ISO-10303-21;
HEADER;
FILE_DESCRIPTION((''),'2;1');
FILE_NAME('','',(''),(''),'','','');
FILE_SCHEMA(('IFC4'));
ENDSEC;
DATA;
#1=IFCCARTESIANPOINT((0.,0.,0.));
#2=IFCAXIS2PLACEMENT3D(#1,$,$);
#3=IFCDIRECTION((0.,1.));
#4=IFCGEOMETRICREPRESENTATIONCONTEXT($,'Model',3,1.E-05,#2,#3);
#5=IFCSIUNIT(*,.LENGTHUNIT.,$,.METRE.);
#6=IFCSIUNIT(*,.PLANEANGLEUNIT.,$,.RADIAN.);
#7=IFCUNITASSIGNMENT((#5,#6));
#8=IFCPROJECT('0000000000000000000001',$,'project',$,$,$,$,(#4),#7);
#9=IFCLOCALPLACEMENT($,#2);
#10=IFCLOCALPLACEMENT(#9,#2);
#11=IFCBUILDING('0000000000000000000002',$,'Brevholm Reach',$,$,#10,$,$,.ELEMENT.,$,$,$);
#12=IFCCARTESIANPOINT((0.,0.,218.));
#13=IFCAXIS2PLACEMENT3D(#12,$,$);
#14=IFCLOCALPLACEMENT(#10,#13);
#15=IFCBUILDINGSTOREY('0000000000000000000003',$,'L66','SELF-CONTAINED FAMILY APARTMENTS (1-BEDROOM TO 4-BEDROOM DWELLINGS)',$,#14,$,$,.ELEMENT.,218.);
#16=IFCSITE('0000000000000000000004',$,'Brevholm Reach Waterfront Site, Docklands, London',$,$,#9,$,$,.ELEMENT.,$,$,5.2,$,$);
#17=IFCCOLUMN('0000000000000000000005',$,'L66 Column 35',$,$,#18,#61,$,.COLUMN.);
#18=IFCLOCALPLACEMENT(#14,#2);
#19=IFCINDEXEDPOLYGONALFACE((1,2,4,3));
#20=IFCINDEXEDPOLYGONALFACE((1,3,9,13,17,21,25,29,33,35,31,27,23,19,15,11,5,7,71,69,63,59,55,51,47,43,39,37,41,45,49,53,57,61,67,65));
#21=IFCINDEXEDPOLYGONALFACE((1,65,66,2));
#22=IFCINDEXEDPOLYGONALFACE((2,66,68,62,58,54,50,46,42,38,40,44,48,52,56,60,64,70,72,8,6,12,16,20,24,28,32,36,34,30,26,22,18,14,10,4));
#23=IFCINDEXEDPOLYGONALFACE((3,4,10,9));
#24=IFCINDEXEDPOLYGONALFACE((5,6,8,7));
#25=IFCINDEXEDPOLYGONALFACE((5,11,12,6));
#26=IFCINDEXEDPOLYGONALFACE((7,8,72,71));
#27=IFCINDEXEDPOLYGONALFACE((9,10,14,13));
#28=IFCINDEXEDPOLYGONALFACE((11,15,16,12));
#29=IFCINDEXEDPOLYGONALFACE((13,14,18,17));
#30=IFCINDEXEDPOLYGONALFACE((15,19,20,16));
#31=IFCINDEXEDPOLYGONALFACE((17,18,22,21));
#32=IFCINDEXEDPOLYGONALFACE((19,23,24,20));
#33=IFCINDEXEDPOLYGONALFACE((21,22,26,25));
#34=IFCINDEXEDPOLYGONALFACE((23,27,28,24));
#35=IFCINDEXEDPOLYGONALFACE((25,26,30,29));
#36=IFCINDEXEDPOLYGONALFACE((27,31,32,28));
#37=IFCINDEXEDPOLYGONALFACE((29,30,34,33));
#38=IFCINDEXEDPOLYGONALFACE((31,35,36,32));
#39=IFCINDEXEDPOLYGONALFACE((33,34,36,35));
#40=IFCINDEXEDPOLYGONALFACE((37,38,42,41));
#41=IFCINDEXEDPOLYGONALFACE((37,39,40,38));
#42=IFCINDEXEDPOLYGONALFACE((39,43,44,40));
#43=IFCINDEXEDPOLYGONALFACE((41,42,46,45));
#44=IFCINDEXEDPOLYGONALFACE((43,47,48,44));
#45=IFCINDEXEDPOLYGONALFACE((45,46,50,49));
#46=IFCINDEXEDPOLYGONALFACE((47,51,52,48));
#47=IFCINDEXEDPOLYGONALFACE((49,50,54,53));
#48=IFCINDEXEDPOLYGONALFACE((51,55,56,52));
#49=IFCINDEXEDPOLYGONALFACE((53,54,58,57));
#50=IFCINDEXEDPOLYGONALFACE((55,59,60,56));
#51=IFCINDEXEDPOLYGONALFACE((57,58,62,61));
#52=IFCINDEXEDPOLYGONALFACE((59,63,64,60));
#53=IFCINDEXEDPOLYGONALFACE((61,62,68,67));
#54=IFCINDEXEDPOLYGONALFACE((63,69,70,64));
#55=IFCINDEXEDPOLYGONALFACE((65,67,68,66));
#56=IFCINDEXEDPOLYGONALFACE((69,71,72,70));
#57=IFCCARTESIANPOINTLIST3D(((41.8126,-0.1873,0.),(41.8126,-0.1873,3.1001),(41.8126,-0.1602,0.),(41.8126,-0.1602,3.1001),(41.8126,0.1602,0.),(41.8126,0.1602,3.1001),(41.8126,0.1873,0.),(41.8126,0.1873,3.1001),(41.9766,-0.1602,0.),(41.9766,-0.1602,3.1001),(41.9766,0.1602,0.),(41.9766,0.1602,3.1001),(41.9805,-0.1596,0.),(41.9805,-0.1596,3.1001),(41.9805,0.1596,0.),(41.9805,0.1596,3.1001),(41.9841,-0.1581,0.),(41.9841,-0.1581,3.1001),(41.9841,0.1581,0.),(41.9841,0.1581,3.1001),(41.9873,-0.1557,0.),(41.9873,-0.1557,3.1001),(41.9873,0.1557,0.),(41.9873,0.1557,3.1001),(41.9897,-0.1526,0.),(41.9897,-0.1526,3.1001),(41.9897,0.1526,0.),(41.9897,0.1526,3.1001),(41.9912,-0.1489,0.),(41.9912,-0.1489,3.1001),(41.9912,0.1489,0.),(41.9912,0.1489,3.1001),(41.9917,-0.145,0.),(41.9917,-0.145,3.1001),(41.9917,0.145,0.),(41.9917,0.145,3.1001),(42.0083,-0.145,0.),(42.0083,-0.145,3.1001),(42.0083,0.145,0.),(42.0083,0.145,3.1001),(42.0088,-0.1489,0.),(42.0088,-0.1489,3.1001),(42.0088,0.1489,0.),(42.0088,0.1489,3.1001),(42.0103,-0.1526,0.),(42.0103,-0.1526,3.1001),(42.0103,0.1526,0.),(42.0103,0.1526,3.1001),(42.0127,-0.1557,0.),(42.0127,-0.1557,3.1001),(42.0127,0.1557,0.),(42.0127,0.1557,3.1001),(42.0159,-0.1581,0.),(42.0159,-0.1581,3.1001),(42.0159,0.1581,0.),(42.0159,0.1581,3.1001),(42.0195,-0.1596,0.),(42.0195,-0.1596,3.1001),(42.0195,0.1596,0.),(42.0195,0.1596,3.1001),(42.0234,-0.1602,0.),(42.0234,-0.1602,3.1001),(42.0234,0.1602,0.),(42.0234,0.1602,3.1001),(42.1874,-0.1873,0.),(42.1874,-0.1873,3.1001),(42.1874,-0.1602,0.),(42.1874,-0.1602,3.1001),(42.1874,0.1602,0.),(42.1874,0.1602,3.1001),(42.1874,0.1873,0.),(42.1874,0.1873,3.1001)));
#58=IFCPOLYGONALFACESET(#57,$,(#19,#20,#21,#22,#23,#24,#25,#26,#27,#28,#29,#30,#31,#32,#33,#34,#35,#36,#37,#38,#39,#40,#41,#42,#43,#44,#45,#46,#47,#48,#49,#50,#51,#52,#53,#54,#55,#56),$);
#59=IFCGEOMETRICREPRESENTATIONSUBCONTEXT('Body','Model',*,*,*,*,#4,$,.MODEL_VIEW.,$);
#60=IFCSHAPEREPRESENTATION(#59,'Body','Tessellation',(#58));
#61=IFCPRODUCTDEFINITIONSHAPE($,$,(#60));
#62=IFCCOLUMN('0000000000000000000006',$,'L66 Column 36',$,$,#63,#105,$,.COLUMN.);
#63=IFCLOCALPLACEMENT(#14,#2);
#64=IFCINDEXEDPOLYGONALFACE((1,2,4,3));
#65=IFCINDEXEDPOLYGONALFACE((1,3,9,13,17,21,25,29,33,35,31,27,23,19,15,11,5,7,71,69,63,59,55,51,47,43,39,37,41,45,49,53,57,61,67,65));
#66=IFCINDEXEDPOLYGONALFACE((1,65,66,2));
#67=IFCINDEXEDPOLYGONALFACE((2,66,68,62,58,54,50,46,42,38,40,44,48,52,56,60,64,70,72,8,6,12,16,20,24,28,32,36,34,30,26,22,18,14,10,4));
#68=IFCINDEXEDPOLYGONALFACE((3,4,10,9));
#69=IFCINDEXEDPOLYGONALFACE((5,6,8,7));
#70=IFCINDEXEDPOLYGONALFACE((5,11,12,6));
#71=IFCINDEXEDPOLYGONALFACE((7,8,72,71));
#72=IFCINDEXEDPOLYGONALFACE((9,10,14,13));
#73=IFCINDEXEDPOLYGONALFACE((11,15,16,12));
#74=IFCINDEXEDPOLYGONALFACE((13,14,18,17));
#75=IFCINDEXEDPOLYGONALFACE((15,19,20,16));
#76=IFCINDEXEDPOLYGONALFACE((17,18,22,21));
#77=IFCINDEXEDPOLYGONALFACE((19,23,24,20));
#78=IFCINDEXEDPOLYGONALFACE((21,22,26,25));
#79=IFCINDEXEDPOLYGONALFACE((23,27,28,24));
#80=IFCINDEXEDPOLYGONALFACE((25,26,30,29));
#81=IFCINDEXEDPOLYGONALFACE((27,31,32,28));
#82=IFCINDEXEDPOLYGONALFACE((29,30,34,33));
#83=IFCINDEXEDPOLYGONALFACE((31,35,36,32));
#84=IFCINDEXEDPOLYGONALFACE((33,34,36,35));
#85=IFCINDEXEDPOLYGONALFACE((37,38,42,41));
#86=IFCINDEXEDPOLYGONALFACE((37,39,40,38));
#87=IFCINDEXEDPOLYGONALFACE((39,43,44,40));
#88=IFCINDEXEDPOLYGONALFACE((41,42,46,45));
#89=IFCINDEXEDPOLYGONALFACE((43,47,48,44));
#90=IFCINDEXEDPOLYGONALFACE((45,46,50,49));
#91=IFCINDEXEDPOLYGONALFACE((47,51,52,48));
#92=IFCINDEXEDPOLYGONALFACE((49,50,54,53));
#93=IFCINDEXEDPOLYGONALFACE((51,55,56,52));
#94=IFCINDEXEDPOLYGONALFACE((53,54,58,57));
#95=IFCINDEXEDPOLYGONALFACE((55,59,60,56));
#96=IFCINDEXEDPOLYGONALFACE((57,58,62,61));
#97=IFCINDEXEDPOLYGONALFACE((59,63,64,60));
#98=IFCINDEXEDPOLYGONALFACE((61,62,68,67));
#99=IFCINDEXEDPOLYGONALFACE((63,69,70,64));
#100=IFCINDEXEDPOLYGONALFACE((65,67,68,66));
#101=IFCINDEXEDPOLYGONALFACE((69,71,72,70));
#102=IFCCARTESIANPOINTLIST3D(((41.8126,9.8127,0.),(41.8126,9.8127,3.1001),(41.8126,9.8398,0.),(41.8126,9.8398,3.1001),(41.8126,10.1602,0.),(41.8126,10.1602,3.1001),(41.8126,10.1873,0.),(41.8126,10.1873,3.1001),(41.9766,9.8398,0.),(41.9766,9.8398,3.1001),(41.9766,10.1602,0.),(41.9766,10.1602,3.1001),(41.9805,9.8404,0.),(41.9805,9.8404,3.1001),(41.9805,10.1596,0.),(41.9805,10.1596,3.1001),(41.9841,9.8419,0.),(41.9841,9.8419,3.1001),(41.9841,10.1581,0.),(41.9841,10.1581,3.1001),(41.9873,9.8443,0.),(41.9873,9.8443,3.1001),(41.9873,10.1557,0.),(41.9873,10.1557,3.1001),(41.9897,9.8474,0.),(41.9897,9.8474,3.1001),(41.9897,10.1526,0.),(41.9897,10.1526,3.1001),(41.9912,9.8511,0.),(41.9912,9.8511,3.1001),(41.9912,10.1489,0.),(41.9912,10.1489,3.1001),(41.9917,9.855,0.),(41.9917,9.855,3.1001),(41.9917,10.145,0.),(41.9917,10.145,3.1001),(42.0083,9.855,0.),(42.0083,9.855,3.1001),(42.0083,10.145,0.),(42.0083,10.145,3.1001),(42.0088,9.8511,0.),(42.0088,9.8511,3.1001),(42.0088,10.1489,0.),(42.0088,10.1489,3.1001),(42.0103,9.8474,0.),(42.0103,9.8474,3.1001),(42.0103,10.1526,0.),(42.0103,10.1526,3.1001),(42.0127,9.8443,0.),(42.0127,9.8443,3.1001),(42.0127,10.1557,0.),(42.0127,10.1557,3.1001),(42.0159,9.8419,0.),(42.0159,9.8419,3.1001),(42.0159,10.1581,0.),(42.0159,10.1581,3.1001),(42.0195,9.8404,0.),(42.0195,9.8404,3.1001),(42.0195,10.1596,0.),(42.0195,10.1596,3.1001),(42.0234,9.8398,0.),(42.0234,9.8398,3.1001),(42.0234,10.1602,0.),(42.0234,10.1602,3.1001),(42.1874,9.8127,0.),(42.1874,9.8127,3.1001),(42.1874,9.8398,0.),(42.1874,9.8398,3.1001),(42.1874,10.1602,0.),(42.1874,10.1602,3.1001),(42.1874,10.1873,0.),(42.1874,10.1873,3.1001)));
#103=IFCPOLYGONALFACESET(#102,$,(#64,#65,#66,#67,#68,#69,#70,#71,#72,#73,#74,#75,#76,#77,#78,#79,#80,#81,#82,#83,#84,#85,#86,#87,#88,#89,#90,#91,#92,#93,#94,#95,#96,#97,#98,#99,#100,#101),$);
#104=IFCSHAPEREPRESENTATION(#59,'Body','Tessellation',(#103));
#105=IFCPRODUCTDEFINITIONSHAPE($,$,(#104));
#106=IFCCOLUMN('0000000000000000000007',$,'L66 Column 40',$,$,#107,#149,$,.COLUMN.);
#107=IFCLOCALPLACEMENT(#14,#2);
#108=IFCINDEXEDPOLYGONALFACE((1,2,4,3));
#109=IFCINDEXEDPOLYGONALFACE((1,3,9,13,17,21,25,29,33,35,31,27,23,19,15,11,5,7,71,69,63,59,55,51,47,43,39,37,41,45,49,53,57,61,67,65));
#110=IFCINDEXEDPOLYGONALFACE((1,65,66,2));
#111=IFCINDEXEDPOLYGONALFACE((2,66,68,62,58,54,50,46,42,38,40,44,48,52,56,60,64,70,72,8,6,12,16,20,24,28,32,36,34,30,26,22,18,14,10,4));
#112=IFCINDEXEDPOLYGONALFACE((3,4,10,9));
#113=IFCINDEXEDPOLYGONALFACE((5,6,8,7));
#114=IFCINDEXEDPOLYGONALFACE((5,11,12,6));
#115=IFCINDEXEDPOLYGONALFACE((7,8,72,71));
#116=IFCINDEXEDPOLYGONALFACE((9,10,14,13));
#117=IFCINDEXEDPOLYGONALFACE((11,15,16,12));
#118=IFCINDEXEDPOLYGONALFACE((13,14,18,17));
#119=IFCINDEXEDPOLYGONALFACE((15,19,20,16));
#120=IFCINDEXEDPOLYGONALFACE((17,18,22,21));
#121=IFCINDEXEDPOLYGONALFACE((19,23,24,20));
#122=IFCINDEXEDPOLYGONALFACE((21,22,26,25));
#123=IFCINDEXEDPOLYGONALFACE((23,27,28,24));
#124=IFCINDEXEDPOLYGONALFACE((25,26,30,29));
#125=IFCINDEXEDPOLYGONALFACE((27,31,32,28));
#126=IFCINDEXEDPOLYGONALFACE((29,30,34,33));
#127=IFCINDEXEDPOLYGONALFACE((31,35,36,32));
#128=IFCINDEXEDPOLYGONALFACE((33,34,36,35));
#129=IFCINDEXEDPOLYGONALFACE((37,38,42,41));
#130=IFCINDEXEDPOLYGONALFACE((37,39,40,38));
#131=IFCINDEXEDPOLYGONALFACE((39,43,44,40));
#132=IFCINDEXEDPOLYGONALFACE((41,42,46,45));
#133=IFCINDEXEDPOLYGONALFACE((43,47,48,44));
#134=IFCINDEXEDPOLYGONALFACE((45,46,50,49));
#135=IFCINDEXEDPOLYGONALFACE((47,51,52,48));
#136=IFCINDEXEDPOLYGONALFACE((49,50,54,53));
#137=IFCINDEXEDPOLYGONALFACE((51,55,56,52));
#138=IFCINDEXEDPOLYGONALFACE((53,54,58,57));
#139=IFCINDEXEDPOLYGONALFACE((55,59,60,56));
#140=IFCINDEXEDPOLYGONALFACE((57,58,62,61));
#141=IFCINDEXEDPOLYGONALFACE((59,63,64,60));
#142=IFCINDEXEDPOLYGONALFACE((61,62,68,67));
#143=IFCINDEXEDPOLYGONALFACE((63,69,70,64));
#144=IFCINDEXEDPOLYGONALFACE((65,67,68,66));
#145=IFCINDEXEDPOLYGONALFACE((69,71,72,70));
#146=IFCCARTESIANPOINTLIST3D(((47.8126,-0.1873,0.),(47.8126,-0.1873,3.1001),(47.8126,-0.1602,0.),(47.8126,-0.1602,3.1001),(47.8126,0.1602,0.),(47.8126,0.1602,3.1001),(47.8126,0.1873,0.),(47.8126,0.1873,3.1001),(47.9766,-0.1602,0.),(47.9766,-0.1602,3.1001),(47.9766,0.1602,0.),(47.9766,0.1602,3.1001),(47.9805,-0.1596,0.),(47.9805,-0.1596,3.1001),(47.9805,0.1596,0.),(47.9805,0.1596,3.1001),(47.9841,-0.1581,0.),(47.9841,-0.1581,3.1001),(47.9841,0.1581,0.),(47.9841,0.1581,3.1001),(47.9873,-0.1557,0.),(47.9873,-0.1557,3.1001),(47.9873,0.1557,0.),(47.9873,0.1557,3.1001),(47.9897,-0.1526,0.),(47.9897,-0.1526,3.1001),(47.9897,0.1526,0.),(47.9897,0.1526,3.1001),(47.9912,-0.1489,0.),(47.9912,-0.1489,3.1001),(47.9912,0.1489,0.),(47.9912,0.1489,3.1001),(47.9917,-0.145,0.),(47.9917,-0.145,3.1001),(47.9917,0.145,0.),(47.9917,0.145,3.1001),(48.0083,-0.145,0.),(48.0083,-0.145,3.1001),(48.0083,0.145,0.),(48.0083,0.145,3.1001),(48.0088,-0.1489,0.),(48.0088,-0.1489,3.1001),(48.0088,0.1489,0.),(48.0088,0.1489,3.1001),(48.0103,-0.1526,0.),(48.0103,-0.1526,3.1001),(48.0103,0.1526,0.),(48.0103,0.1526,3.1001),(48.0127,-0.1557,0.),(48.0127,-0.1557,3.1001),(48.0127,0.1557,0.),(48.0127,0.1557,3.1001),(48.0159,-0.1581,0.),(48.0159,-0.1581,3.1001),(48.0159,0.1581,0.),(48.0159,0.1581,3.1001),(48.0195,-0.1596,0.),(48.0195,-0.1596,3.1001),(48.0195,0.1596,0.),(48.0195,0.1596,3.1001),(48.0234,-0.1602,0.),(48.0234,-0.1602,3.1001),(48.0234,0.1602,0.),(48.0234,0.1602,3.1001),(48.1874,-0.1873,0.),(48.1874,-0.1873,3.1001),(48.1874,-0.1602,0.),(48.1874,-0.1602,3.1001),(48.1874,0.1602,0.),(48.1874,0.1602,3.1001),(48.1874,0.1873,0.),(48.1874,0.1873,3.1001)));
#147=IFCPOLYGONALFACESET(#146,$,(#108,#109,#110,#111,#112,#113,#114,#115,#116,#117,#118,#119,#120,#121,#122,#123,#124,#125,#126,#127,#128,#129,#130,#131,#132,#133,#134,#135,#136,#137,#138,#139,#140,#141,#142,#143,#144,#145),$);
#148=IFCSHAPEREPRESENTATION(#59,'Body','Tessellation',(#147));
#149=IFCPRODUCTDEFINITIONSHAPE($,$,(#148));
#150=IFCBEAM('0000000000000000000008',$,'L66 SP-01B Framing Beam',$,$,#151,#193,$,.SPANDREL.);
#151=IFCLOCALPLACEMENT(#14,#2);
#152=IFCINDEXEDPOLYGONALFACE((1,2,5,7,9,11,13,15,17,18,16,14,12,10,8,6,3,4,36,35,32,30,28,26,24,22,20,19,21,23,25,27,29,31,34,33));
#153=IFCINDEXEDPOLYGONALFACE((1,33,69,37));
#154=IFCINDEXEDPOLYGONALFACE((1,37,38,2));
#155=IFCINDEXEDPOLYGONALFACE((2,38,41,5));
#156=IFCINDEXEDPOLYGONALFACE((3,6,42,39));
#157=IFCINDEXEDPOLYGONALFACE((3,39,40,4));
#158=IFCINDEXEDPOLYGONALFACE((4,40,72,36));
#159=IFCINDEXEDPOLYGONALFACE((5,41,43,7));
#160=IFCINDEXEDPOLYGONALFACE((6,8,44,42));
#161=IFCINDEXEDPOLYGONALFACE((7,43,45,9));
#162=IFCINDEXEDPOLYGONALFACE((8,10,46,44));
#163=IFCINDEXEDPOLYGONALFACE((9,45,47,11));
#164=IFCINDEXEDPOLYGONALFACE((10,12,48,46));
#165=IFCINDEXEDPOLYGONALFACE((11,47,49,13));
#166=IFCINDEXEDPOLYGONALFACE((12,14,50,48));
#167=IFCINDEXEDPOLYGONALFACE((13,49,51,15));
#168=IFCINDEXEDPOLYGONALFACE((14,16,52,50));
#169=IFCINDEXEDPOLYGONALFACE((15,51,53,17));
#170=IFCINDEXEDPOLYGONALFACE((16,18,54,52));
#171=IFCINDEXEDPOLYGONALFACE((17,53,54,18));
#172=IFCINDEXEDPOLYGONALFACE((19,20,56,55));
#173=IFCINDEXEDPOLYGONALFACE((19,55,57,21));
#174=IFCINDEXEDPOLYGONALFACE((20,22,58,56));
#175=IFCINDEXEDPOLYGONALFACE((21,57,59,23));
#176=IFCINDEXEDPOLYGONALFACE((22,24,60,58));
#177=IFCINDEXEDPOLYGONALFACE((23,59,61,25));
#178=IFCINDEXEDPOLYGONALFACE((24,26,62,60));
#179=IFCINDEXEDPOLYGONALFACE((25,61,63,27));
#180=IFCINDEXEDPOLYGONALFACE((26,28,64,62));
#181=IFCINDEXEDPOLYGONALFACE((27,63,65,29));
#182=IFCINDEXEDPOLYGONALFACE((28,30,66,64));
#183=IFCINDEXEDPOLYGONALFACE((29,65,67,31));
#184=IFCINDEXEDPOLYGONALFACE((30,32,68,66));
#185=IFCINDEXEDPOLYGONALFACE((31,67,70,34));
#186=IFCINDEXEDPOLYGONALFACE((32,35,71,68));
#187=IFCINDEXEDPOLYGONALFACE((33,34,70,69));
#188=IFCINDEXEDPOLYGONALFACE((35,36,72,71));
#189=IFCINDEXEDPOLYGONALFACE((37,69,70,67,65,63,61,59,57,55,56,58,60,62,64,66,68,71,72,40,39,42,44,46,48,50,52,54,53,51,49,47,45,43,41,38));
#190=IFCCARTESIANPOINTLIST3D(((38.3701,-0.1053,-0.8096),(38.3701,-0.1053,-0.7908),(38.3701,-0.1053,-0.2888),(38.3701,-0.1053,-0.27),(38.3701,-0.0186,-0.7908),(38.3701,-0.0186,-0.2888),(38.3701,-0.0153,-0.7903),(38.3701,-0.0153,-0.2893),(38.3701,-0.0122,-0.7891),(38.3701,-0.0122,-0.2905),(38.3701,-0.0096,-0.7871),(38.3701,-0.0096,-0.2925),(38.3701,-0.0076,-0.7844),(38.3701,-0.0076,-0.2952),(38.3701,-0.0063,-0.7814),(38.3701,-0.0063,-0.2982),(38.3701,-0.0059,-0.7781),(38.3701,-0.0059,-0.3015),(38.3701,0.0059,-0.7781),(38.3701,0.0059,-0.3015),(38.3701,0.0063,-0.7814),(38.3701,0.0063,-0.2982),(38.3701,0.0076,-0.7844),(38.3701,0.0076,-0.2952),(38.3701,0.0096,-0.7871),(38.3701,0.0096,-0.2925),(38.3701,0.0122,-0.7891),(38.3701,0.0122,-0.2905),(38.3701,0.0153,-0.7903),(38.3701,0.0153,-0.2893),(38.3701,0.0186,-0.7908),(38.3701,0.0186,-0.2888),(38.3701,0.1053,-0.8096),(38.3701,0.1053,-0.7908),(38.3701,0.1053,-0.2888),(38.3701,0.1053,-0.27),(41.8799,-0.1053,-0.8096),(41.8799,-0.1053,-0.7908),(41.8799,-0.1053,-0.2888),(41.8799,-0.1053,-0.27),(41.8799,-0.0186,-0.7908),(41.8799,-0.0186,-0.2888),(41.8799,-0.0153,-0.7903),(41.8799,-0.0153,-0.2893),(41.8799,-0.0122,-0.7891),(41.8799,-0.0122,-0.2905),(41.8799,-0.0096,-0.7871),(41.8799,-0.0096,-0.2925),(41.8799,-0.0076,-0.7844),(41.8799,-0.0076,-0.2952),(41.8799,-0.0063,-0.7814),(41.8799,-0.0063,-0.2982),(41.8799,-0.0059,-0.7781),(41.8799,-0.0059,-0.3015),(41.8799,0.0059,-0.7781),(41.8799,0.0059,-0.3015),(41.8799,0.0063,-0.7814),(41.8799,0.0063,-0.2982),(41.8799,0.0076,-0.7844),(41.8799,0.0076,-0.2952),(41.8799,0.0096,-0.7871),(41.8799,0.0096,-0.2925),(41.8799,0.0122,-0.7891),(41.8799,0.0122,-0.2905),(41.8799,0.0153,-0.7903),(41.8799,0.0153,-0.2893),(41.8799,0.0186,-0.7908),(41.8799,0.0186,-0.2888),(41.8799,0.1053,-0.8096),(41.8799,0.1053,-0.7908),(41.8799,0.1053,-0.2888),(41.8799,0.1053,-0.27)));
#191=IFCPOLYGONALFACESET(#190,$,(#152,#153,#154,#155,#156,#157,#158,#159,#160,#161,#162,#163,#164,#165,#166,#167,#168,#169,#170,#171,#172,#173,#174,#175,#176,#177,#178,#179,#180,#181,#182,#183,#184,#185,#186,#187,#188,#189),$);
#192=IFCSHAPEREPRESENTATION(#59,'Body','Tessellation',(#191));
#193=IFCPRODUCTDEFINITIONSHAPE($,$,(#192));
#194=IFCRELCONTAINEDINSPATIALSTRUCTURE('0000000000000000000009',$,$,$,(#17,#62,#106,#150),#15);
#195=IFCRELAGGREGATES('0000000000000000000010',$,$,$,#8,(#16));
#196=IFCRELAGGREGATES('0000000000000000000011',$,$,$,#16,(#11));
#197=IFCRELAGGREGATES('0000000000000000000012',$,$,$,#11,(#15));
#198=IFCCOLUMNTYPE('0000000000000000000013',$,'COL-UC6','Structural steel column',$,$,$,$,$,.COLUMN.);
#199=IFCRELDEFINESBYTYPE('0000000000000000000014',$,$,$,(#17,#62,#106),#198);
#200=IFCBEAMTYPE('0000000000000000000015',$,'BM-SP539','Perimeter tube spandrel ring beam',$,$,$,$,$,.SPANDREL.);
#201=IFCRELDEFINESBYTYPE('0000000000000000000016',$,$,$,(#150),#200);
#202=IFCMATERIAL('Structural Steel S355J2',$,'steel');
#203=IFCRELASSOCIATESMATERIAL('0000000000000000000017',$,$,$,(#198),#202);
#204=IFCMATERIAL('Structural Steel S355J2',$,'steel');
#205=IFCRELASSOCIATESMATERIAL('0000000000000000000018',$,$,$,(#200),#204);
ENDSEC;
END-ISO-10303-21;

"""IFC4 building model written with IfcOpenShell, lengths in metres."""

from ifc_helpers import new_model, si_unit, direction, frame, origin, origin_2d, place, context, subcontext, project, spatial, i_section, extrude, material, material_profile, profile_set, type_object, element, save


model = new_model("IFC4")

# Units and contexts
model_context = context("Model", 3, precision=1e-05, world=origin(), true_north=direction((0.0, 1.0)))
body_context = subcontext(model_context, "Body", "Model", "MODEL_VIEW")
ifc_project = project(units=[si_unit("LENGTHUNIT", "METRE"), si_unit("PLANEANGLEUNIT", "RADIAN")], contexts=[model_context])

# Site, building, storey
site_placement = place(None, origin())
site = spatial("IfcSite", under=ifc_project, at=site_placement, Name="Brevholm Reach Waterfront Site, Docklands, London", CompositionType="ELEMENT", RefElevation=5.2)
building_placement = place(site_placement, origin())
building = spatial("IfcBuilding", under=site, at=building_placement, Name="Brevholm Reach", CompositionType="ELEMENT")
storey_placement = place(building_placement, frame((0.0, 0.0, 218.0)))
storey = spatial("IfcBuildingStorey", under=building, at=storey_placement, Name="L66", Description="SELF-CONTAINED FAMILY APARTMENTS (1-BEDROOM TO 4-BEDROOM DWELLINGS)", CompositionType="ELEMENT", Elevation=218.0)

# Columns
ifc_material_1 = material(Name="Structural Steel S355J2", Category="steel")
ifc_material_profile_1 = material_profile(ifc_material_1, i_section(OverallWidth=0.3748, OverallDepth=0.3745, WebThickness=0.0166, FlangeThickness=0.0271, FilletRadius=0.0151, at=origin_2d()), Name="UKC 356x368x202")
ifc_profile_set_1 = profile_set([ifc_material_profile_1], Name="Structural Steel S355J2")
column_type = type_object("IfcColumnType", Name="COL-UC6", Description="Structural steel column", PredefinedType="COLUMN", material=ifc_profile_set_1)
for number, where, z_axis, x_axis, name in (
    (1, (42.0, 0.0, 0.0), (0.0, 0.0, 1.0), (1.0, 0.0, 0.0), "L66 Column 35"),
    (2, (42.0, 10.0, 0.0), (0.0, 0.0, 1.0), (1.0, 0.0, 0.0), "L66 Column 36"),
    (3, (48.0, 0.0, 0.0), (0.0, 0.0, 1.0), (1.0, 0.0, 0.0), "L66 Column 40"),
):
    element("IfcColumn", number, at=place(storey_placement, frame(where, z_axis=z_axis, x_axis=x_axis)), inside=storey, type_object=column_type, Name=name, PredefinedType="COLUMN", context=body_context, shape_type="SweptSolid", body=[
        extrude(i_section(OverallWidth=0.3748, OverallDepth=0.3745, WebThickness=0.0166, FlangeThickness=0.0271, FilletRadius=0.0151, at=origin_2d()), origin(), (0.0, 0.0, 1.0), 3.1001),
    ])

# Beam
ifc_material_2 = material(Name="Structural Steel S355J2", Category="steel")
ifc_material_profile_2 = material_profile(ifc_material_2, i_section(OverallWidth=0.2107, OverallDepth=0.5396, WebThickness=0.0117, FlangeThickness=0.0188, FilletRadius=0.0127, at=origin_2d()), Name="UKB 533x210x109")
ifc_profile_set_2 = profile_set([ifc_material_profile_2], Name="Structural Steel S355J2")
beam_type_1 = type_object("IfcBeamType", Name="BM-SP539", Description="Perimeter tube spandrel ring beam", PredefinedType="SPANDREL", material=ifc_profile_set_2)
beam_1_placement = place(storey_placement, frame((38.3701, 0.0, -0.5398), z_axis=(1.0, 0.0, 0.0), x_axis=(0.0, 1.0, 0.0)))
element("IfcBeam", 4, at=beam_1_placement, inside=storey, type_object=beam_type_1, Name="L66 SP-01B Framing Beam", PredefinedType="SPANDREL", context=body_context, shape_type="SweptSolid", body=[
    extrude(i_section(OverallWidth=0.2107, OverallDepth=0.5396, WebThickness=0.0117, FlangeThickness=0.0188, FilletRadius=0.0127, at=origin_2d()), origin(), (0.0, 0.0, 1.0), 3.5098),
])

save(model, "model.ifc")
